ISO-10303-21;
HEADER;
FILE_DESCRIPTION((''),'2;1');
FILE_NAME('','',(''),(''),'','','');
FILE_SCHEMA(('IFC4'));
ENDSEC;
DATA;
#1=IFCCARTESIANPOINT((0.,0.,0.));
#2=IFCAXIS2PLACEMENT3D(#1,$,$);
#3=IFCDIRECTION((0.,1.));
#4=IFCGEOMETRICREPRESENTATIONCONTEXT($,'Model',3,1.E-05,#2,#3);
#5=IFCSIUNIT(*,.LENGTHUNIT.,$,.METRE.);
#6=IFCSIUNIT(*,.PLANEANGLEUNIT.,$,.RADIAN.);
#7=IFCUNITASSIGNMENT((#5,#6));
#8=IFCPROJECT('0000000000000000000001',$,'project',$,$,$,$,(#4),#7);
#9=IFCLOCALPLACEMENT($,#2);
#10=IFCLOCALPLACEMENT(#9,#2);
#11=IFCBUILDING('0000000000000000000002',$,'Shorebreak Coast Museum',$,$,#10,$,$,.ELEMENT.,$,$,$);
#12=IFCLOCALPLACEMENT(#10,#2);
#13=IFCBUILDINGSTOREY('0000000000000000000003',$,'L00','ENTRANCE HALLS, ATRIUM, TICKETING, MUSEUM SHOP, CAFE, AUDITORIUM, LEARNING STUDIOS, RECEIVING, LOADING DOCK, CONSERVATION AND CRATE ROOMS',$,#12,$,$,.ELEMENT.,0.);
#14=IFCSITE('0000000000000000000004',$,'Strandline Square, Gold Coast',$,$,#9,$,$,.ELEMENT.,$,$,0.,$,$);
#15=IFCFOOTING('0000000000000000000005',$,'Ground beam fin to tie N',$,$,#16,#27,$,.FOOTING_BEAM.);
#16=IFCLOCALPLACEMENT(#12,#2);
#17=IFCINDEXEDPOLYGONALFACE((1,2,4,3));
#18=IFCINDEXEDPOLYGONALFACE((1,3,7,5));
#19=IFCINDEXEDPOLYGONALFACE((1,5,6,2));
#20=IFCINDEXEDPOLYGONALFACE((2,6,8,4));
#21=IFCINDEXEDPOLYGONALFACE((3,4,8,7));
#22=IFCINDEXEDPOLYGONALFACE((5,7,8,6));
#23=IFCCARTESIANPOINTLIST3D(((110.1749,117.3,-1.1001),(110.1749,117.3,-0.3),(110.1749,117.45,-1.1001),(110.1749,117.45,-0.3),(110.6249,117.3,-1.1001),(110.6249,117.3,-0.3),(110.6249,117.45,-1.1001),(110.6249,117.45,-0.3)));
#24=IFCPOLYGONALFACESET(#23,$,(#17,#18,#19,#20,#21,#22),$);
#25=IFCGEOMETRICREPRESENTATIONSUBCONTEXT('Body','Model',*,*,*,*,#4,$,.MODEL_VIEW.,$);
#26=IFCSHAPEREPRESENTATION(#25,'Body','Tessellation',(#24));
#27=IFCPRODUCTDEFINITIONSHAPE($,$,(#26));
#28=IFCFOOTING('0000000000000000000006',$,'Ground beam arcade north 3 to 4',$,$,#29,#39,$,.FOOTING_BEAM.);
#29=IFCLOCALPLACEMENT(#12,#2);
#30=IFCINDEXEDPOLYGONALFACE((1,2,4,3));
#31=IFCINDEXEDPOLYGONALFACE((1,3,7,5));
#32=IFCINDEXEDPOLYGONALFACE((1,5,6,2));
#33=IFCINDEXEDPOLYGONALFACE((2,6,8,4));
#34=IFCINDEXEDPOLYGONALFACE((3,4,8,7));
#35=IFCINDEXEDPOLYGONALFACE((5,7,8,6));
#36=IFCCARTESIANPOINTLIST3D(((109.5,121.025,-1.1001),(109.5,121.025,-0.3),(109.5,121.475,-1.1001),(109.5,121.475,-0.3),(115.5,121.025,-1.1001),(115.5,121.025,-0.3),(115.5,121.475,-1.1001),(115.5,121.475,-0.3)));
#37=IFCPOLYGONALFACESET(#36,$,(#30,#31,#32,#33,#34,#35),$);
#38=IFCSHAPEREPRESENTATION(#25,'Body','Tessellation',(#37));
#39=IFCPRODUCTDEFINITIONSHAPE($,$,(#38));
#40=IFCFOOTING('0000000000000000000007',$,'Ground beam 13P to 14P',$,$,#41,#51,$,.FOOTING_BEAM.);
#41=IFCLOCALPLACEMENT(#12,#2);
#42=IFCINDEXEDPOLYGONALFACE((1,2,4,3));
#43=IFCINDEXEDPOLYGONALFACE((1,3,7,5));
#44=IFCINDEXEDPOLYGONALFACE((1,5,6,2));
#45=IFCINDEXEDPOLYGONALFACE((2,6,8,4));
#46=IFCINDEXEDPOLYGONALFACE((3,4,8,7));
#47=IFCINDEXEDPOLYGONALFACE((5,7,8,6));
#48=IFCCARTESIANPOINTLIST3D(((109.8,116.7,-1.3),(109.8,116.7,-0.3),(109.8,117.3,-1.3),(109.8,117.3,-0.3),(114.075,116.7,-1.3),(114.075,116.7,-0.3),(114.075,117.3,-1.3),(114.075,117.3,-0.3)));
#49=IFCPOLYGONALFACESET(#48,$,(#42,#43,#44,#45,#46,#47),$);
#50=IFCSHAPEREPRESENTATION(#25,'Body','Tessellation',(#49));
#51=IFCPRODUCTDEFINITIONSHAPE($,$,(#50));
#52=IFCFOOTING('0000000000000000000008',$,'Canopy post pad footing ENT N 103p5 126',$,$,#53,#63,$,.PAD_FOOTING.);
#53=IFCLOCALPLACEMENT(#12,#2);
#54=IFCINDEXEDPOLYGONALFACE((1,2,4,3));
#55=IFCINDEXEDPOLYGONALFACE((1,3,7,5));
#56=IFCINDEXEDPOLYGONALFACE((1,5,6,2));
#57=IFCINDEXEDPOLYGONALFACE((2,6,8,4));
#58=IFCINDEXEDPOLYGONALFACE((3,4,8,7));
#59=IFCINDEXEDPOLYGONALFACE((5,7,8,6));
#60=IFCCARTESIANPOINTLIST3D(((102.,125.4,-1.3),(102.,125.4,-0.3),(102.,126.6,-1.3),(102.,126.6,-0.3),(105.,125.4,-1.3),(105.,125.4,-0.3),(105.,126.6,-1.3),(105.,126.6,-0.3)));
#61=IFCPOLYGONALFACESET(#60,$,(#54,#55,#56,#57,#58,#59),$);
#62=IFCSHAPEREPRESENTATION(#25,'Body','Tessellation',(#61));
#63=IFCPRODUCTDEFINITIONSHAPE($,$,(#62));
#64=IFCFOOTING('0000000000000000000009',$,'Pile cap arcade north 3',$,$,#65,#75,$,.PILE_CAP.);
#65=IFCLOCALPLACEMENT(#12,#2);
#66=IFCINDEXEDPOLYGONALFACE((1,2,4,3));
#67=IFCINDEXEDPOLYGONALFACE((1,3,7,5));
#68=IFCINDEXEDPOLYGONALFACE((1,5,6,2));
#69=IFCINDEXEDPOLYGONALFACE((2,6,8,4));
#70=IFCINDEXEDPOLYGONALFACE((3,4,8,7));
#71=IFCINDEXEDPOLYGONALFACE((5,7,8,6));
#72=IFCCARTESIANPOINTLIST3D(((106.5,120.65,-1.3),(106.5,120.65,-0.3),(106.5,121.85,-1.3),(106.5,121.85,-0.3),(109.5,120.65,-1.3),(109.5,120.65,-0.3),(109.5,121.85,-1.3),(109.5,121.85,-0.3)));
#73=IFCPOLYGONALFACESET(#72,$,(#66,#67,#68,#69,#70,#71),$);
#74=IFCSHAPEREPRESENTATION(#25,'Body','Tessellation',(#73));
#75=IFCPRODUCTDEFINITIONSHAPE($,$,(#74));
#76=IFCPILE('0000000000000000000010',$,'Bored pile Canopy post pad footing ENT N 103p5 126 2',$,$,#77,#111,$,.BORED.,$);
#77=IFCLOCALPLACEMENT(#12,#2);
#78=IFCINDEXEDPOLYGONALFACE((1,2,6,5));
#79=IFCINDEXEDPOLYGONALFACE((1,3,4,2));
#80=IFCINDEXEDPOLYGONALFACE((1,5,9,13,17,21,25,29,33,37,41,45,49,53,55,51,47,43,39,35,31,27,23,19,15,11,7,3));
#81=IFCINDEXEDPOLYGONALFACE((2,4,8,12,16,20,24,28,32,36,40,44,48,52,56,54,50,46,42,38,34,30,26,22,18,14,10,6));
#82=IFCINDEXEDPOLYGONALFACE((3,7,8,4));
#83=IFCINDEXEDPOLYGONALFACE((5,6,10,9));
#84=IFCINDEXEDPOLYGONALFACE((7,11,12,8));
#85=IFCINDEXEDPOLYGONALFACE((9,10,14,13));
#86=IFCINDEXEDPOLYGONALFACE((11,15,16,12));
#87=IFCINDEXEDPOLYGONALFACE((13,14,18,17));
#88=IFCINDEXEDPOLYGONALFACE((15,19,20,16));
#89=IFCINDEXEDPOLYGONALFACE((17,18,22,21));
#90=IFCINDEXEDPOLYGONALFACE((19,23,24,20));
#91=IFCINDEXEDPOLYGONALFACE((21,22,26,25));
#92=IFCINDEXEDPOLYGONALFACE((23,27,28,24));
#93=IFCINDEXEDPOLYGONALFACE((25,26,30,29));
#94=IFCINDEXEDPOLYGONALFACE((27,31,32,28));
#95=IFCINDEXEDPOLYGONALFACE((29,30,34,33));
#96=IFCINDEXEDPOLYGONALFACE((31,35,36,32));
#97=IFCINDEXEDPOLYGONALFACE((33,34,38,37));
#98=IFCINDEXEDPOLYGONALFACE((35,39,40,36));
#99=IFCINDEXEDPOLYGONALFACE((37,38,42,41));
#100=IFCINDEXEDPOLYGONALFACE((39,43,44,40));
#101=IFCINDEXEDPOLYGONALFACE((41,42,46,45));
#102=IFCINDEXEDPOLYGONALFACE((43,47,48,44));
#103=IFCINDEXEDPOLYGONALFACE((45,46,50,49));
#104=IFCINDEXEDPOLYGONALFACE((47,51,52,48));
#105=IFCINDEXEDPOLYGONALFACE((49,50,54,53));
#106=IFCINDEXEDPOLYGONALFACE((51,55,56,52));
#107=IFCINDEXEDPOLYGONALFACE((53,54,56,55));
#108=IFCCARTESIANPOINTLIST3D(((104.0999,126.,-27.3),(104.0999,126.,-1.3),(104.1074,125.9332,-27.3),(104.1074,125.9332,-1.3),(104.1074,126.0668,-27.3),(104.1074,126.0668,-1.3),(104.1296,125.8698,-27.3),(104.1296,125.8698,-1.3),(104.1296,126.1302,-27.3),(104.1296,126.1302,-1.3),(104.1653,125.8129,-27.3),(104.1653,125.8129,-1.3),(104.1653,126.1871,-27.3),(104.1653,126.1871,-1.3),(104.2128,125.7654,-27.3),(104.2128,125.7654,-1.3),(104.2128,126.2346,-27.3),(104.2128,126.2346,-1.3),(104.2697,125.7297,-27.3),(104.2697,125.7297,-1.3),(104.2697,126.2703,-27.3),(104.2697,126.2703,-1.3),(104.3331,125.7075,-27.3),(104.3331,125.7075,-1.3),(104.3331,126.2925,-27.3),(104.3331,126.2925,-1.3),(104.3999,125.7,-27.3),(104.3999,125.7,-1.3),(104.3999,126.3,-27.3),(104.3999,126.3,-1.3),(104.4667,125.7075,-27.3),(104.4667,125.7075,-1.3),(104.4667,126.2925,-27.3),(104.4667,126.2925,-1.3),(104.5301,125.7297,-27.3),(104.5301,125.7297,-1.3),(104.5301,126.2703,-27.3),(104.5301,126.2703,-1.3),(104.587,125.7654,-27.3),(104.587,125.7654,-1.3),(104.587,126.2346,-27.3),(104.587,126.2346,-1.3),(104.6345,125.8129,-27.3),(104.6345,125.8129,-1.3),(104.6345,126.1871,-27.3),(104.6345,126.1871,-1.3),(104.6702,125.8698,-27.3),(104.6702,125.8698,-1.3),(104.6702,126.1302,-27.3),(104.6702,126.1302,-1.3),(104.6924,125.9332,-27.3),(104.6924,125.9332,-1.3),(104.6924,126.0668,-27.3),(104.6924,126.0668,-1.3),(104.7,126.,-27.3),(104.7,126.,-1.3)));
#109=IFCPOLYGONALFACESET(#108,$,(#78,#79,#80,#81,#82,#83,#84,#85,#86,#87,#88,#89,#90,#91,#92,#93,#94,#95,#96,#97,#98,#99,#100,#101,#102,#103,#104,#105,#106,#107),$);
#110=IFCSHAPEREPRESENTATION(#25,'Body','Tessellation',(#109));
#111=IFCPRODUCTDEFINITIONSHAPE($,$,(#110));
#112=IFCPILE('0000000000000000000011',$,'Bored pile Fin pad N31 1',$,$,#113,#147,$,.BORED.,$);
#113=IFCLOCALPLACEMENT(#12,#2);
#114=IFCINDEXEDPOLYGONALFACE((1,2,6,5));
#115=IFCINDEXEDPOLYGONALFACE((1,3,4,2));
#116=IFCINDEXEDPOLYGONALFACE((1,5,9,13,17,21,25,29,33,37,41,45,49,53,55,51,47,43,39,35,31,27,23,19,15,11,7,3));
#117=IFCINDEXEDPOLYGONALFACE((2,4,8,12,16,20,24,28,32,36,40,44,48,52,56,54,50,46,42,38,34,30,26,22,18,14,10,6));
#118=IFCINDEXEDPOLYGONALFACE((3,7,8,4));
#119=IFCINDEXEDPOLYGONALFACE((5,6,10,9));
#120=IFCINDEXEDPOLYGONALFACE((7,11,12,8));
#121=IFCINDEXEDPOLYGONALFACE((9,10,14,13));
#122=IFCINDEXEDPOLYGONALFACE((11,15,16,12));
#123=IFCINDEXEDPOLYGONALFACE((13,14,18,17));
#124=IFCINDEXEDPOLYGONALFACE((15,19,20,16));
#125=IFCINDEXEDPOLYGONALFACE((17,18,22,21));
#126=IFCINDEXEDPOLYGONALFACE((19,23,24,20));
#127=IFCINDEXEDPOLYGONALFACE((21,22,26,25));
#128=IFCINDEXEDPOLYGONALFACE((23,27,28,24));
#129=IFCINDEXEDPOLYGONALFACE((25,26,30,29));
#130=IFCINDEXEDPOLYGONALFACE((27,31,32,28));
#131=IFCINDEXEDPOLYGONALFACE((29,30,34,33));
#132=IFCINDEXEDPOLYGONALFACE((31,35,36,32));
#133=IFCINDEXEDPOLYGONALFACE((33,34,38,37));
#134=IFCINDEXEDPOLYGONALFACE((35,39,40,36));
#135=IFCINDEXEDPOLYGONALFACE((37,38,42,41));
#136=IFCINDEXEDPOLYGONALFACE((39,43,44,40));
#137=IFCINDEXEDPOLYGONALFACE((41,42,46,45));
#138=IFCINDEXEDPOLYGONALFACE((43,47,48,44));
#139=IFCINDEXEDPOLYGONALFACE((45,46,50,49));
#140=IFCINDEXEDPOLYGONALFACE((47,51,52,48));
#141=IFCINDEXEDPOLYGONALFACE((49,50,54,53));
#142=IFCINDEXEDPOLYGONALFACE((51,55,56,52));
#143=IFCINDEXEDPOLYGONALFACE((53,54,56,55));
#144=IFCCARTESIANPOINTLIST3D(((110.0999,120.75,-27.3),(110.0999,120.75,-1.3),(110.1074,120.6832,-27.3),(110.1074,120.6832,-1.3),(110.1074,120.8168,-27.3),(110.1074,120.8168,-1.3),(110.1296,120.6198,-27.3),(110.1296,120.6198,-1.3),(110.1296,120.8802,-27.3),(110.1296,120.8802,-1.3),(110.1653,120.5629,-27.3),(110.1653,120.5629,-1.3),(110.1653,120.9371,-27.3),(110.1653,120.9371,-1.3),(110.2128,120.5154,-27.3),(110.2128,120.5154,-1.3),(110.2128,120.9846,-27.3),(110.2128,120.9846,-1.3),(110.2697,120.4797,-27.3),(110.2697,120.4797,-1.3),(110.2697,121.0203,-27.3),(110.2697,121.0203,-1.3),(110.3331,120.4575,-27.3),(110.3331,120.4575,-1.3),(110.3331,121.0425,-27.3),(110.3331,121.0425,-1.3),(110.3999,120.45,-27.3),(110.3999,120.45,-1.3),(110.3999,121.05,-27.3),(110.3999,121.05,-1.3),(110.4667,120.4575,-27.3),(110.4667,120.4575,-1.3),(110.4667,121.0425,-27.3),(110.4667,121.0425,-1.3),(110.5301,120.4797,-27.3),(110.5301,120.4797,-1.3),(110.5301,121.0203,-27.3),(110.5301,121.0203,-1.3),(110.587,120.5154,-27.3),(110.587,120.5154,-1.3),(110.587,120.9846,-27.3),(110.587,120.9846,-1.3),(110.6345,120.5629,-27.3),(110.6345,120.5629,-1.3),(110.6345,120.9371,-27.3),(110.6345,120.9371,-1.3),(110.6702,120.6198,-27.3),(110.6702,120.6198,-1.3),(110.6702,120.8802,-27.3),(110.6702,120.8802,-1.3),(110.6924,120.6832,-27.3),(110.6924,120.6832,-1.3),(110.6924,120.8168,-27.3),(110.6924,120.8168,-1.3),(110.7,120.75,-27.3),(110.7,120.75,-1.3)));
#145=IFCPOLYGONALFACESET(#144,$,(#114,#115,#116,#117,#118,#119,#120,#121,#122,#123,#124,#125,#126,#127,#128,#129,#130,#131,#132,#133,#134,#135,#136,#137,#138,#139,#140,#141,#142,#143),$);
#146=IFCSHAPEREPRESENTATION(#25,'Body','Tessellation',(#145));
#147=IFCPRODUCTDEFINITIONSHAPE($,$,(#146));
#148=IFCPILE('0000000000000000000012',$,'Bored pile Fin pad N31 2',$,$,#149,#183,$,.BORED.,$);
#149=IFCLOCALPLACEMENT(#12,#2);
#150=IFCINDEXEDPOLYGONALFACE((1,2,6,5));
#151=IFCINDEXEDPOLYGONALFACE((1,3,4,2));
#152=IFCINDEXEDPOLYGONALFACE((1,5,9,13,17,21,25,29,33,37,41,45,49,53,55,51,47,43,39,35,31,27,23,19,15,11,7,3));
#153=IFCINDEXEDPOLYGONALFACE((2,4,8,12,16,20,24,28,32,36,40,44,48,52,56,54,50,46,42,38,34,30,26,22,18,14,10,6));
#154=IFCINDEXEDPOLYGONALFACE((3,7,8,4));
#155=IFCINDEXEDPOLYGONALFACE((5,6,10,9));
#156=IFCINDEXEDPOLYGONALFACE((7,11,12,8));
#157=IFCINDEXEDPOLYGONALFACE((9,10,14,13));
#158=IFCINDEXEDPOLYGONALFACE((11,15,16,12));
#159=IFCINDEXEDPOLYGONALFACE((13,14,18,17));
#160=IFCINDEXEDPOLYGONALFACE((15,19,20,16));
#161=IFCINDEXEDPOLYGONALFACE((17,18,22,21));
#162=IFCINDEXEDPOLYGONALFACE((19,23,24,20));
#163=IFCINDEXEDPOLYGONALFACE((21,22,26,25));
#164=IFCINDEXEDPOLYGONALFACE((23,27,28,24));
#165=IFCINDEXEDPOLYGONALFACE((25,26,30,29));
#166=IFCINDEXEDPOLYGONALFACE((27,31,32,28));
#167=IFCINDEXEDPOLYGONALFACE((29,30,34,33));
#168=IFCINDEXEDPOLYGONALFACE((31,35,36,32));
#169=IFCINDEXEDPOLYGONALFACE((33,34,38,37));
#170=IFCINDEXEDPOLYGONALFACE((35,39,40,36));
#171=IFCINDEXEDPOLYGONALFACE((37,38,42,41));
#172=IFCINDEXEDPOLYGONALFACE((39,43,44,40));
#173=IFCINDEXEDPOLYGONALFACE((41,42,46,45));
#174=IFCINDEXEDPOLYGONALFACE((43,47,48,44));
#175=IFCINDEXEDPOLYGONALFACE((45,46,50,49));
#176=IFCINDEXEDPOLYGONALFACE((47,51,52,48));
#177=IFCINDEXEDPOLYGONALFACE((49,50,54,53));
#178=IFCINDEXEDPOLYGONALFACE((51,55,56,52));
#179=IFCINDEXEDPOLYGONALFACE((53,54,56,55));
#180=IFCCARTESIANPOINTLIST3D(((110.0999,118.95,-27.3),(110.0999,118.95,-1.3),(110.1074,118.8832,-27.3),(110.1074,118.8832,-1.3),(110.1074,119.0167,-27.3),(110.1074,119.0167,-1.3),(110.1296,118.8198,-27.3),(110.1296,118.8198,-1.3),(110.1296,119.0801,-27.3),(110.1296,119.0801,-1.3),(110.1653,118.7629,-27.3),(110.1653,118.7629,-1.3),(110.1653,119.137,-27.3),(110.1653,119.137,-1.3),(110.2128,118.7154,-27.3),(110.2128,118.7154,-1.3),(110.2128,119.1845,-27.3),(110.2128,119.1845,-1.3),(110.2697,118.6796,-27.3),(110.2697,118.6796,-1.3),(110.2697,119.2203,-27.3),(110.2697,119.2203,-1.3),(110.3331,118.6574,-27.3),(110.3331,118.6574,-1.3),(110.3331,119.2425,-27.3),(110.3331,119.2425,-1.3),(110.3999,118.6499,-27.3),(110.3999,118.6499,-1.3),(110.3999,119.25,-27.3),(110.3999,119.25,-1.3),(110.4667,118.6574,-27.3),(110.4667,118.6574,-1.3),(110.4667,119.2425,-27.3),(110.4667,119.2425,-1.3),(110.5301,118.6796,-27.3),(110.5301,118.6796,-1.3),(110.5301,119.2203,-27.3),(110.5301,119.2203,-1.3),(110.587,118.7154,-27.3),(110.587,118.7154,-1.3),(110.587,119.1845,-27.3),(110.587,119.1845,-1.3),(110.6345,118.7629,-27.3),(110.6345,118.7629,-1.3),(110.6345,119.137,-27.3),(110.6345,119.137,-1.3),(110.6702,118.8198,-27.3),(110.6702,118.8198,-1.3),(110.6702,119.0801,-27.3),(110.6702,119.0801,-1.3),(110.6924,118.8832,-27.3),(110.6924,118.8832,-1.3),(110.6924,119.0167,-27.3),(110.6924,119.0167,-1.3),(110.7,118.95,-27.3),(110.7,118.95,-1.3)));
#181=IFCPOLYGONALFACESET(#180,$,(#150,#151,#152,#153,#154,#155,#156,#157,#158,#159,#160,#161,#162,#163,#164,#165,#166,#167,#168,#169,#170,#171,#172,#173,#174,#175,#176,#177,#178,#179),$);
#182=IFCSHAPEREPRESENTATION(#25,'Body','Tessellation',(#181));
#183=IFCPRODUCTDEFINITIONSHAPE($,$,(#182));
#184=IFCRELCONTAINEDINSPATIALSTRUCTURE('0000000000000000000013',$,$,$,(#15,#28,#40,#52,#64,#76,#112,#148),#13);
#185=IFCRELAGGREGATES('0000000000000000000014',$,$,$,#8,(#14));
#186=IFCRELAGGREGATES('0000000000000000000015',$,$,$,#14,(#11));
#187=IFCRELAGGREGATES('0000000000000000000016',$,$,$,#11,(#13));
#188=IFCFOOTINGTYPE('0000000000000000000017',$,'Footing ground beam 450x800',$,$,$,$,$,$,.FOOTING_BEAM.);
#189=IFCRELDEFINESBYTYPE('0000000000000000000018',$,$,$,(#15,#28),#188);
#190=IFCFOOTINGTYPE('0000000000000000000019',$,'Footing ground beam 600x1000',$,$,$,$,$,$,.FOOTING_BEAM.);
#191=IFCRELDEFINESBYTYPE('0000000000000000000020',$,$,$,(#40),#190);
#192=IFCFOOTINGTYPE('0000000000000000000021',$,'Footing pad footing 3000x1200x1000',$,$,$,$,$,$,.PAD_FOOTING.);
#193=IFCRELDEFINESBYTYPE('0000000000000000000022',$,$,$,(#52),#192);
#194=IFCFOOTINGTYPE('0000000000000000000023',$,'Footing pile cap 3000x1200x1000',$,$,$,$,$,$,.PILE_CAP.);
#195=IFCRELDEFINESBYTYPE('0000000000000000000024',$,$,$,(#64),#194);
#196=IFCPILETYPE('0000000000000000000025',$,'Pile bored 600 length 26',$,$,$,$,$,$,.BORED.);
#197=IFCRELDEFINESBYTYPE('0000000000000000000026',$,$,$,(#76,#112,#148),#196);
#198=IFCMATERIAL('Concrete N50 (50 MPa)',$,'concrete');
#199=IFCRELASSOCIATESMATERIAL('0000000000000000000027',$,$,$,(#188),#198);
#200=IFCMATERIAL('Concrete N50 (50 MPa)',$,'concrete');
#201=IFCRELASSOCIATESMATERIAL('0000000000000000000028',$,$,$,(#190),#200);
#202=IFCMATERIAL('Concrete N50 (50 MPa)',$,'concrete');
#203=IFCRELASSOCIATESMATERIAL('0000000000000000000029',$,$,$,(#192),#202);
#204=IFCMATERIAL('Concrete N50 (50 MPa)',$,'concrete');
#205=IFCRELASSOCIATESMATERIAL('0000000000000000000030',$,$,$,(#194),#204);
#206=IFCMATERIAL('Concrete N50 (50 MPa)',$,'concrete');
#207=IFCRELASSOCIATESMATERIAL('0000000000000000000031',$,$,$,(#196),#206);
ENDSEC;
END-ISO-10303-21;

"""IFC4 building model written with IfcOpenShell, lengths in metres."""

from ifc_helpers import new_model, si_unit, direction, frame, origin, origin_2d, place, context, subcontext, project, spatial, rectangle, circle, extrude, material, material_profile, profile_set, type_object, element, save


model = new_model("IFC4")

# Units and contexts
model_context = context("Model", 3, precision=1e-05, world=origin(), true_north=direction((0.0, 1.0)))
body_context = subcontext(model_context, "Body", "Model", "MODEL_VIEW")
ifc_project = project(units=[si_unit("LENGTHUNIT", "METRE"), si_unit("PLANEANGLEUNIT", "RADIAN")], contexts=[model_context])

# Site, building, storey
site_placement = place(None, origin())
site = spatial("IfcSite", under=ifc_project, at=site_placement, Name="Strandline Square, Gold Coast", CompositionType="ELEMENT", RefElevation=0.0)
building_placement = place(site_placement, origin())
building = spatial("IfcBuilding", under=site, at=building_placement, Name="Shorebreak Coast Museum", CompositionType="ELEMENT")
storey_placement = place(building_placement, origin())
storey = spatial("IfcBuildingStorey", under=building, at=storey_placement, Name="L00", Description="ENTRANCE HALLS, ATRIUM, TICKETING, MUSEUM SHOP, CAFE, AUDITORIUM, LEARNING STUDIOS, RECEIVING, LOADING DOCK, CONSERVATION AND CRATE ROOMS", CompositionType="ELEMENT", Elevation=0.0)

# Footings
ifc_material_1 = material(Name="Concrete N50 (50 MPa)", Category="concrete")
footing_type_1 = type_object("IfcFootingType", Name="Footing ground beam 450x800", PredefinedType="FOOTING_BEAM", material=ifc_material_1)
footing_1_placement = place(storey_placement, frame((110.3999, 117.375, -1.1001), z_axis=(0.0, 0.0, 1.0), x_axis=(1.0, 0.0, 0.0)))
element("IfcFooting", 1, at=footing_1_placement, inside=storey, type_object=footing_type_1, Name="Ground beam fin to tie N", PredefinedType="FOOTING_BEAM", context=body_context, shape_type="SweptSolid", body=[
    extrude(rectangle(XDim=0.45, YDim=0.1499, at=origin_2d()), origin(), (0.0, 0.0, 1.0), 0.8),
])
footing_2_placement = place(storey_placement, frame((112.5, 121.25, -1.1001), z_axis=(0.0, 0.0, 1.0), x_axis=(1.0, 0.0, 0.0)))
element("IfcFooting", 2, at=footing_2_placement, inside=storey, type_object=footing_type_1, Name="Ground beam arcade north 3 to 4", PredefinedType="FOOTING_BEAM", context=body_context, shape_type="SweptSolid", body=[
    extrude(rectangle(XDim=6.0, YDim=0.45, at=origin_2d()), origin(), (0.0, 0.0, 1.0), 0.8),
])
ifc_material_2 = material(Name="Concrete N50 (50 MPa)", Category="concrete")
footing_type_2 = type_object("IfcFootingType", Name="Footing ground beam 600x1000", PredefinedType="FOOTING_BEAM", material=ifc_material_2)
footing_3_placement = place(storey_placement, frame((111.9375, 117.0, -1.3), z_axis=(0.0, 0.0, 1.0), x_axis=(1.0, 0.0, 0.0)))
element("IfcFooting", 3, at=footing_3_placement, inside=storey, type_object=footing_type_2, Name="Ground beam 13P to 14P", PredefinedType="FOOTING_BEAM", context=body_context, shape_type="SweptSolid", body=[
    extrude(rectangle(XDim=4.2749, YDim=0.6001, at=origin_2d()), origin(), (0.0, 0.0, 1.0), 1.0),
])
ifc_material_3 = material(Name="Concrete N50 (50 MPa)", Category="concrete")
footing_type_3 = type_object("IfcFootingType", Name="Footing pad footing 3000x1200x1000", PredefinedType="PAD_FOOTING", material=ifc_material_3)
footing_4_placement = place(storey_placement, frame((103.5, 126.0, -1.3), z_axis=(0.0, 0.0, 1.0), x_axis=(1.0, 0.0, 0.0)))
element("IfcFooting", 4, at=footing_4_placement, inside=storey, type_object=footing_type_3, Name="Canopy post pad footing ENT N 103p5 126", PredefinedType="PAD_FOOTING", context=body_context, shape_type="SweptSolid", body=[
    extrude(rectangle(XDim=3.0, YDim=1.2, at=origin_2d()), origin(), (0.0, 0.0, 1.0), 1.0),
])
ifc_material_4 = material(Name="Concrete N50 (50 MPa)", Category="concrete")
footing_type_4 = type_object("IfcFootingType", Name="Footing pile cap 3000x1200x1000", PredefinedType="PILE_CAP", material=ifc_material_4)
footing_5_placement = place(storey_placement, frame((108.0, 121.25, -1.3), z_axis=(0.0, 0.0, 1.0), x_axis=(1.0, 0.0, 0.0)))
element("IfcFooting", 5, at=footing_5_placement, inside=storey, type_object=footing_type_4, Name="Pile cap arcade north 3", PredefinedType="PILE_CAP", context=body_context, shape_type="SweptSolid", body=[
    extrude(rectangle(XDim=3.0, YDim=1.2, at=origin_2d()), origin(), (0.0, 0.0, 1.0), 1.0),
])

# Piles
ifc_material_5 = material(Name="Concrete N50 (50 MPa)", Category="concrete")
ifc_material_profile_1 = material_profile(ifc_material_5, circle(Radius=0.3, at=origin_2d()), Name="Pile bored 600 length 26")
ifc_profile_set_1 = profile_set([ifc_material_profile_1], Name="Concrete N50 (50 MPa)")
pile_type_1 = type_object("IfcPileType", Name="Pile bored 600 length 26", PredefinedType="BORED", material=ifc_profile_set_1)
for number, where, z_axis, x_axis, name in (
    (6, (104.3999, 126.0, -1.3), (0.0, 0.0, -1.0), (1.0, 0.0, 0.0), "Bored pile Canopy post pad footing ENT N 103p5 126 2"),
    (7, (110.3999, 120.75, -1.3), (0.0, 0.0, -1.0), (1.0, 0.0, 0.0), "Bored pile Fin pad N31 1"),
    (8, (110.3999, 118.95, -1.3), (0.0, 0.0, -1.0), (1.0, 0.0, 0.0), "Bored pile Fin pad N31 2"),
):
    element("IfcPile", number, at=place(storey_placement, frame(where, z_axis=z_axis, x_axis=x_axis)), inside=storey, type_object=pile_type_1, Name=name, PredefinedType="BORED", context=body_context, shape_type="SweptSolid", body=[
        extrude(circle(Radius=0.3, at=origin_2d()), origin(), (0.0, 0.0, 1.0), 26.0),
    ])

save(model, "model.ifc")
